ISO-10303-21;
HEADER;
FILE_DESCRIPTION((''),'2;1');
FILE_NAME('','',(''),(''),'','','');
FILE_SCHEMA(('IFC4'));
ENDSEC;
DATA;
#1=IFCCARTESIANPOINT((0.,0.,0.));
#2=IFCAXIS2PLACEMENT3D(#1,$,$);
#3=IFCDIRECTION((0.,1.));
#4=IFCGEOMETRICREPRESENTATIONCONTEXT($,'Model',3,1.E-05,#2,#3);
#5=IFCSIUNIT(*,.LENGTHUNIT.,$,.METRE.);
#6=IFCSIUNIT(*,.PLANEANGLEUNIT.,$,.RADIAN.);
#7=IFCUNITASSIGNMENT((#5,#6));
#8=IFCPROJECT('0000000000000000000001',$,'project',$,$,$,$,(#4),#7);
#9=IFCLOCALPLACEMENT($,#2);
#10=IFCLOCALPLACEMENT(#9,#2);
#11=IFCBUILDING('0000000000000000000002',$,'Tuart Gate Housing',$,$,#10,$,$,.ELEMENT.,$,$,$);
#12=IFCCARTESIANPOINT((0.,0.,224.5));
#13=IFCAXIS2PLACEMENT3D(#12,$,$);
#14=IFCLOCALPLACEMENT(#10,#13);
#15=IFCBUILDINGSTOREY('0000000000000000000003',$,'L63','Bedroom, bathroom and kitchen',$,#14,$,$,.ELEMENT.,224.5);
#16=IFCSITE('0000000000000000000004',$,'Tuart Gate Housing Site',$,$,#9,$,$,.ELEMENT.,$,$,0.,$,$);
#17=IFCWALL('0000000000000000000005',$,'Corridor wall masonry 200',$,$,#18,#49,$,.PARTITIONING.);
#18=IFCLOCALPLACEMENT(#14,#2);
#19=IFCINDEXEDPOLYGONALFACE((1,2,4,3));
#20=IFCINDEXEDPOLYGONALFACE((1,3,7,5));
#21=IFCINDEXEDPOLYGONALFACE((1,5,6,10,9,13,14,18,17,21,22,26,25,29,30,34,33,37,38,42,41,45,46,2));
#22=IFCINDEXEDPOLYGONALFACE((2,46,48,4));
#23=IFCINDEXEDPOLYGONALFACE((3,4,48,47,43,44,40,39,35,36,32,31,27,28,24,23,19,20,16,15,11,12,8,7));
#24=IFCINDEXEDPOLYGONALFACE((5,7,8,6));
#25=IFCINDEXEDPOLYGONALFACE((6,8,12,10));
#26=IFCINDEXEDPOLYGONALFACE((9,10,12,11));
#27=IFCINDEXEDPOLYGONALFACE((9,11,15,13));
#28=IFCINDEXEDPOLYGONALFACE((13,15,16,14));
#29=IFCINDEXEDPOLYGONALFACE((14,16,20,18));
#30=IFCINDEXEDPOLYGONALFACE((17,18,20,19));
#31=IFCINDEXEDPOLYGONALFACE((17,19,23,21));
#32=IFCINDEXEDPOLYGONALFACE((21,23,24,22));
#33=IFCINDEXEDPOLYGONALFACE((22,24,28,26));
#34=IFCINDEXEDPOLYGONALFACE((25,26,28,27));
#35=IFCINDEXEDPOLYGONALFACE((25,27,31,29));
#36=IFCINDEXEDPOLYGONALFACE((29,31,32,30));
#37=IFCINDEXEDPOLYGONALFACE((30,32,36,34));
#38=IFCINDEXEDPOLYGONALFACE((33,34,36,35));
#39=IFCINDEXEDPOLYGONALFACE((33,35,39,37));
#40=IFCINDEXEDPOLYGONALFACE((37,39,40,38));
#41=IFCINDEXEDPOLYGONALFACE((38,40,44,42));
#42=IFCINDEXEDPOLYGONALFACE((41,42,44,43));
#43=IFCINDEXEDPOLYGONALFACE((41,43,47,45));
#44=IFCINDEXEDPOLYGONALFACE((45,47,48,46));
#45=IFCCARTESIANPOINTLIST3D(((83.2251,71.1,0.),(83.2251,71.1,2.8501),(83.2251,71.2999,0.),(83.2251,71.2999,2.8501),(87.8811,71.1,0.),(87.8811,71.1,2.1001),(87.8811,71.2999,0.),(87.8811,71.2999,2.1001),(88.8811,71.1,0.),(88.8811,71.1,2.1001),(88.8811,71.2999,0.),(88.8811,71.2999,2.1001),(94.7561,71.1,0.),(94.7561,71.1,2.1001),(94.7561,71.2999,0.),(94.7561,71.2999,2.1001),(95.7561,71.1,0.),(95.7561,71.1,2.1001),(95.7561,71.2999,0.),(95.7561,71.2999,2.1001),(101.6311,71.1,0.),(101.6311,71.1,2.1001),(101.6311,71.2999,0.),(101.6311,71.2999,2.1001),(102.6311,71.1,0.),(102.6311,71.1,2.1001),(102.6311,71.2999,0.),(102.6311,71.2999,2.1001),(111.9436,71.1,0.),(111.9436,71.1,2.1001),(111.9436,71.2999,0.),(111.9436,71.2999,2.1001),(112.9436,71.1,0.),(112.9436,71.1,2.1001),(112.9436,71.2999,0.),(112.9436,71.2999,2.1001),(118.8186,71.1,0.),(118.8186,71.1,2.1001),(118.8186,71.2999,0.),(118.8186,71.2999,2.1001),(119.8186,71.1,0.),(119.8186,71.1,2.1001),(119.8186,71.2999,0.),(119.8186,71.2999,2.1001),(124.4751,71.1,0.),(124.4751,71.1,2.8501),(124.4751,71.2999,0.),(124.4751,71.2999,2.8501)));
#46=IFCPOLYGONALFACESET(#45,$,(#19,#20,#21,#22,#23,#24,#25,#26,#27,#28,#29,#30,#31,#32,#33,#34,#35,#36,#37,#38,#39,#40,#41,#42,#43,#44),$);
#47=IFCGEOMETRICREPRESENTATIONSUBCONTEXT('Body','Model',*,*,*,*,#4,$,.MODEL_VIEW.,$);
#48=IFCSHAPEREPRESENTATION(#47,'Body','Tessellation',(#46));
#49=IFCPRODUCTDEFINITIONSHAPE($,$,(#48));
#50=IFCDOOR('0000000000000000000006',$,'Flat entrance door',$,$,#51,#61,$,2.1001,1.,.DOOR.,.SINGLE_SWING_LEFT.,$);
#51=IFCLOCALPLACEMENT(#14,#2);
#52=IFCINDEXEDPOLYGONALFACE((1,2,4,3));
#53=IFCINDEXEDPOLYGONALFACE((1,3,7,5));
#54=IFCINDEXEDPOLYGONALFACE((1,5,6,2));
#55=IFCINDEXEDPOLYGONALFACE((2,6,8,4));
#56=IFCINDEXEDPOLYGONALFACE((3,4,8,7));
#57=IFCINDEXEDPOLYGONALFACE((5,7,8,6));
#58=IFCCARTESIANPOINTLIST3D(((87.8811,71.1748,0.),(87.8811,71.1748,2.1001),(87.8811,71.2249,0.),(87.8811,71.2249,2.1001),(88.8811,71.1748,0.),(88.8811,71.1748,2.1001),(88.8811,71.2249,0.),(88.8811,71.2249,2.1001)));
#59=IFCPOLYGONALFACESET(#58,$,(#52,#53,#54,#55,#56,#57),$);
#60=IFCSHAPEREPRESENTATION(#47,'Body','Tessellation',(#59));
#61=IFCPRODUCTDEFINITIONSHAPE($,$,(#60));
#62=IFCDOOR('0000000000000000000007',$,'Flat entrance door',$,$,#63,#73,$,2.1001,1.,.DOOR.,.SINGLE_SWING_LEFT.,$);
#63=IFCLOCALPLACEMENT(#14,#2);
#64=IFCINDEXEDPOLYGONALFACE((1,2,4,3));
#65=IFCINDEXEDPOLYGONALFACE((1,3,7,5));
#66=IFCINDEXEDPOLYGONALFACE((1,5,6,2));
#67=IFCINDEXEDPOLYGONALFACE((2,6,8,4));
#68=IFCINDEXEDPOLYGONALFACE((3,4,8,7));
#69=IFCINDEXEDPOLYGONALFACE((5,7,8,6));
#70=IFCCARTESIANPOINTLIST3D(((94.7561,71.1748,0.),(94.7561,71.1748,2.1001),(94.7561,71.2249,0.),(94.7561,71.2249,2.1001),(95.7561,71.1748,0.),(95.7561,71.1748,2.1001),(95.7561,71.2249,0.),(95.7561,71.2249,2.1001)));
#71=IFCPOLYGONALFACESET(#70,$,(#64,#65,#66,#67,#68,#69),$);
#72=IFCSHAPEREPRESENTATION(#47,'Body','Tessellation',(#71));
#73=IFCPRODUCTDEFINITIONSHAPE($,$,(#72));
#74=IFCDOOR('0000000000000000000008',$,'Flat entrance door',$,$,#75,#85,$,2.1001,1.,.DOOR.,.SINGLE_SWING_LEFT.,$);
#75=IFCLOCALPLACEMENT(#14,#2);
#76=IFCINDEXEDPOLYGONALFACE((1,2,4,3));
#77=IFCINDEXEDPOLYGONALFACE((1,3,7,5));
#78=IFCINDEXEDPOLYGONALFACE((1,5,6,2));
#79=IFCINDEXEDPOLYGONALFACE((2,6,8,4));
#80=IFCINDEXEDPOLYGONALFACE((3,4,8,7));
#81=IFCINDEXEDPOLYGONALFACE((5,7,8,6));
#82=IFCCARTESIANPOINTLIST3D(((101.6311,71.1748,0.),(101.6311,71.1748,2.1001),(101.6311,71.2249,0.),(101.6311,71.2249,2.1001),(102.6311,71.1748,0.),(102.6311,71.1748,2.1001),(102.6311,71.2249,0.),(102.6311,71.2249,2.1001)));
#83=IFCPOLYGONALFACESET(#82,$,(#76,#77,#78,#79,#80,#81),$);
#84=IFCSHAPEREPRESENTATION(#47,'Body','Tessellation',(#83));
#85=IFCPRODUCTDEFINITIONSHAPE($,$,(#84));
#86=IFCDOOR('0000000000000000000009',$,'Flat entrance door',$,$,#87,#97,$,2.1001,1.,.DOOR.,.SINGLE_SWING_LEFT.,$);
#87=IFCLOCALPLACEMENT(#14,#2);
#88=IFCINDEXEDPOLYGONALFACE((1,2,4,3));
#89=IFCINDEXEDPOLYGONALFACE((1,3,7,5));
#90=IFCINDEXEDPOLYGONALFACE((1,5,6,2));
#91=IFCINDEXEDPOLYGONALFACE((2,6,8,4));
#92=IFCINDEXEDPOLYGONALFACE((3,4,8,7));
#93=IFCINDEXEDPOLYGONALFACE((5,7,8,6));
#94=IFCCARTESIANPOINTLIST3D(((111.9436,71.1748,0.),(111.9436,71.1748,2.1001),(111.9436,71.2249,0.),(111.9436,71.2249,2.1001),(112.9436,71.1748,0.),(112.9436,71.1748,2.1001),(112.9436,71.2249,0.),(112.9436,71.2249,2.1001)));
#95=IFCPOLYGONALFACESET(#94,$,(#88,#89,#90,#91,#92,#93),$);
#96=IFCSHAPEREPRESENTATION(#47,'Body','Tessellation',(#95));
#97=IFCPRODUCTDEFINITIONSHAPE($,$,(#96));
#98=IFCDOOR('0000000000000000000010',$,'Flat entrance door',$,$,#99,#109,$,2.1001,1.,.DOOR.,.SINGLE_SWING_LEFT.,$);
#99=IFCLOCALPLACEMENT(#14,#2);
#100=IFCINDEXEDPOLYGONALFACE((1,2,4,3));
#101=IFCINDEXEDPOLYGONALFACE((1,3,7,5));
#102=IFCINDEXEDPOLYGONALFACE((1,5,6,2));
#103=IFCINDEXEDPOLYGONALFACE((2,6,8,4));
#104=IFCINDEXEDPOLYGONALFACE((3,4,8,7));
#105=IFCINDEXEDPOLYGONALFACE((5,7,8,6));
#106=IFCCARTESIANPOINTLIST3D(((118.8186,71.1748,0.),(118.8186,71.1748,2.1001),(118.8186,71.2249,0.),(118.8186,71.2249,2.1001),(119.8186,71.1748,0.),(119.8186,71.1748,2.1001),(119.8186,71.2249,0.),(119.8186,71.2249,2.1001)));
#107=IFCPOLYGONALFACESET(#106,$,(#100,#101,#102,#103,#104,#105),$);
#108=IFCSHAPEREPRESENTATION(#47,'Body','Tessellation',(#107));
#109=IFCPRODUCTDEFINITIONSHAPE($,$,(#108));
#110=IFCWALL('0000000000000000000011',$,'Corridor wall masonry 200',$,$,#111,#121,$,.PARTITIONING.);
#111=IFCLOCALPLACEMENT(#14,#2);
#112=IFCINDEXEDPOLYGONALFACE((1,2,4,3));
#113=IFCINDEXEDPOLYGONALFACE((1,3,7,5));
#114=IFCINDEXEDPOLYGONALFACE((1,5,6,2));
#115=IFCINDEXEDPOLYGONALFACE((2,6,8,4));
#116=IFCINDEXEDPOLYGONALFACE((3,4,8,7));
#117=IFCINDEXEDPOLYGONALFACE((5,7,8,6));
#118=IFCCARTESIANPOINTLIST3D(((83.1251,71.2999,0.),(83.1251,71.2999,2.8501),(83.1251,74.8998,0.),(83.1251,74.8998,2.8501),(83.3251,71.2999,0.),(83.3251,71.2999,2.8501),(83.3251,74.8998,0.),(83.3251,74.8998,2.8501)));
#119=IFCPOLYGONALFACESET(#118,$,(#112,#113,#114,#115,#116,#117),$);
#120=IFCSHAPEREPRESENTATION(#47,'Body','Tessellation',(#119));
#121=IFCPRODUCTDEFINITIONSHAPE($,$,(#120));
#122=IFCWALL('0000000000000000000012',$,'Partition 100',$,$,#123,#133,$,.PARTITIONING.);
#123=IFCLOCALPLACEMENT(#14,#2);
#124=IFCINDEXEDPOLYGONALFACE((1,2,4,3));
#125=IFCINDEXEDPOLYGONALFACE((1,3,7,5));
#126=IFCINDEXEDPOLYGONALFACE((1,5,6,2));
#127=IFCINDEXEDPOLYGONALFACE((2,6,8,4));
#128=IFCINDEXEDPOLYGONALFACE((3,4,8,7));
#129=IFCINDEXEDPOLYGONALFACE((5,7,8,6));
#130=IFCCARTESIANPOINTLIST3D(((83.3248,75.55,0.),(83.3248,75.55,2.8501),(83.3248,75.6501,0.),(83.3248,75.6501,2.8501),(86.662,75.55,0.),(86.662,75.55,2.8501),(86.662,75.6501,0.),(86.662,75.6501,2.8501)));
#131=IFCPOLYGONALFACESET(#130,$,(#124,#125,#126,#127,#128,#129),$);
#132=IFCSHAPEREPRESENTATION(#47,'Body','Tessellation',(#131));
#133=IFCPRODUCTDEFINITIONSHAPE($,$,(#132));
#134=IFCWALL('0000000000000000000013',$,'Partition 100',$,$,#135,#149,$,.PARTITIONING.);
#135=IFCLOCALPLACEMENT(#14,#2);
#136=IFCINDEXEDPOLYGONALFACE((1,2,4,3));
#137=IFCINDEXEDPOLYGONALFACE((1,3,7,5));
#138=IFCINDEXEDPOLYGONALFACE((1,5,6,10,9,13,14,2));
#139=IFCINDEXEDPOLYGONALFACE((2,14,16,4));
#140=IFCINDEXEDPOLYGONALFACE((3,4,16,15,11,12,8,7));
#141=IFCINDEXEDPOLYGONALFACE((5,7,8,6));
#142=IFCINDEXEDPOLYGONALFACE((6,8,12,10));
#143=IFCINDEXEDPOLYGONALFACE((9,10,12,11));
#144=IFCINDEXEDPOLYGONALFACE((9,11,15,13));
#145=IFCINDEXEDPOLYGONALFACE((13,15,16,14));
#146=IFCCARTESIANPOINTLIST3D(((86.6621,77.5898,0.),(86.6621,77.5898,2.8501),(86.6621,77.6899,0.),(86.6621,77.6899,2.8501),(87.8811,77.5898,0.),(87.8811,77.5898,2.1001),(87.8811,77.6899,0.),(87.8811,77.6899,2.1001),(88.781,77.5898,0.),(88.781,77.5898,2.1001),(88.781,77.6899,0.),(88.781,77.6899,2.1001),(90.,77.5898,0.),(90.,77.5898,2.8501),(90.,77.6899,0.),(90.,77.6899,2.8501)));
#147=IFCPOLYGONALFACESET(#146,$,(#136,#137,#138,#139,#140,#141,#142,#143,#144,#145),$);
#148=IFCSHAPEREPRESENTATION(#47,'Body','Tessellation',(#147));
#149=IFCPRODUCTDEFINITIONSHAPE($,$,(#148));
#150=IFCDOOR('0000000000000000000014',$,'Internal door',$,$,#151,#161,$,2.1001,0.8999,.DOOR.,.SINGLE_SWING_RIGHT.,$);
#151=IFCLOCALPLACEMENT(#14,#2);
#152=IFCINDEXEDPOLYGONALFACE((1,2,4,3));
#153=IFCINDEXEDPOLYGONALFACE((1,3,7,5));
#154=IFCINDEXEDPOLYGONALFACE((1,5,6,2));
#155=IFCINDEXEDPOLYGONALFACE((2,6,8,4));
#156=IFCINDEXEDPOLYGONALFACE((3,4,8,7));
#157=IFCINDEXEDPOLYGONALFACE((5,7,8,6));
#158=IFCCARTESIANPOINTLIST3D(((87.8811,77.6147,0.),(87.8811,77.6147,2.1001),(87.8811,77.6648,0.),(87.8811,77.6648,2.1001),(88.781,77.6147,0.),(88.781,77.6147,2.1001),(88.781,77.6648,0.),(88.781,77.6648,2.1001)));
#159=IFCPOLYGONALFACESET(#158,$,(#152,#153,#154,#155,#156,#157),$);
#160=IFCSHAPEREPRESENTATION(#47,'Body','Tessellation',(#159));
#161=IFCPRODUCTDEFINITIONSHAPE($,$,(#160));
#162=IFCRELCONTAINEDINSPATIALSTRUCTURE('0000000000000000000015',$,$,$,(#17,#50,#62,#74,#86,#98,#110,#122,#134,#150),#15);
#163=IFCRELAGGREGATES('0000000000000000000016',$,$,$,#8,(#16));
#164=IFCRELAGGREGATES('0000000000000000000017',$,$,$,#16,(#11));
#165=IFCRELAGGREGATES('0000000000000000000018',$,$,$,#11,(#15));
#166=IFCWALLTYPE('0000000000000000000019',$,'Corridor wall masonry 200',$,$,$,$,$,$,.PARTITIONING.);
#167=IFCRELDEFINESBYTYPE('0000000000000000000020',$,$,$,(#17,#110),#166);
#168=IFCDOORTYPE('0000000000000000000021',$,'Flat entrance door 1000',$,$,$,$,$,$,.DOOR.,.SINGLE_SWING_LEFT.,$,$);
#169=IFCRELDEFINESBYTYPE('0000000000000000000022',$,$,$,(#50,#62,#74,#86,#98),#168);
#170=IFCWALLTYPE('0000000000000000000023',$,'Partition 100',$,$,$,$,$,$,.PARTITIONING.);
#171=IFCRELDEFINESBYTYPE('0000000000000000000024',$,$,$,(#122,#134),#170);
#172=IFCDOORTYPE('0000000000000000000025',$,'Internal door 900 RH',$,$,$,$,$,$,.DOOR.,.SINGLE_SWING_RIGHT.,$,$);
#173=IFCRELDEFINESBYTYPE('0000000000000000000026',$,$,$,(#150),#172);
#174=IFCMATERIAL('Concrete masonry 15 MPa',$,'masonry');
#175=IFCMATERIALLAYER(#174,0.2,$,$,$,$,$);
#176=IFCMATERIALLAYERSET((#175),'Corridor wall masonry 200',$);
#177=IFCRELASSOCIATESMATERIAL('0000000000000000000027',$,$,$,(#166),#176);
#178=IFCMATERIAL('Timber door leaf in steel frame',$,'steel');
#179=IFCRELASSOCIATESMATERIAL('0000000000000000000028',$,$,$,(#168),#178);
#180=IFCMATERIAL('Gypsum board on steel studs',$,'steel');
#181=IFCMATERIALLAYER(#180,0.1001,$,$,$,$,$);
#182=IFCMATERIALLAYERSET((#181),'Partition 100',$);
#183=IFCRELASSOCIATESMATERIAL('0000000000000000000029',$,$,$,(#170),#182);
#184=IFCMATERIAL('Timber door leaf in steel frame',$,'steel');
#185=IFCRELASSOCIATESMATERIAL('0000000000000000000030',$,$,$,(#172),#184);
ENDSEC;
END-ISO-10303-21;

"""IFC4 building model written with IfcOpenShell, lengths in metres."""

from ifc_helpers import new_model, si_unit, direction, frame, frame_2d, origin, place, context, subcontext, project, spatial, rectangle, extrude, material, layer, layer_set, type_object, element, fill, save


model = new_model("IFC4")

# Units and contexts
model_context = context("Model", 3, precision=1e-05, world=origin(), true_north=direction((0.0, 1.0)))
body_context = subcontext(model_context, "Body", "Model", "MODEL_VIEW")
ifc_project = project(units=[si_unit("LENGTHUNIT", "METRE"), si_unit("PLANEANGLEUNIT", "RADIAN")], contexts=[model_context])

# Site, building, storey
site_placement = place(None, origin())
site = spatial("IfcSite", under=ifc_project, at=site_placement, Name="Tuart Gate Housing Site", CompositionType="ELEMENT", RefElevation=0.0)
building_placement = place(site_placement, origin())
building = spatial("IfcBuilding", under=site, at=building_placement, Name="Tuart Gate Housing", CompositionType="ELEMENT")
storey_placement = place(building_placement, frame((0.0, 0.0, 224.5)))
storey = spatial("IfcBuildingStorey", under=building, at=storey_placement, Name="L63", Description="Bedroom, bathroom and kitchen", CompositionType="ELEMENT", Elevation=224.5)

# Wall, openings, doors
ifc_material_1 = material(Name="Concrete masonry 15 MPa", Category="masonry")
ifc_layer_1 = layer(ifc_material_1, 0.2)
ifc_layer_set_1 = layer_set([ifc_layer_1], Name="Corridor wall masonry 200")
wall_type_1 = type_object("IfcWallType", Name="Corridor wall masonry 200", PredefinedType="PARTITIONING", material=ifc_layer_set_1)
wall_1_placement = place(storey_placement, frame((83.2251, 71.2, 0.0), z_axis=(0.0, 0.0, 1.0), x_axis=(1.0, 0.0, 0.0)))
wall_1 = element("IfcWall", 1, at=wall_1_placement, inside=storey, type_object=wall_type_1, Name="Corridor wall masonry 200", PredefinedType="PARTITIONING", context=body_context, shape_type="SweptSolid", body=[
    extrude(rectangle(XDim=41.25, YDim=0.2, at=frame_2d((20.625, 0.0))), origin(), (0.0, 0.0, 1.0), 2.8501),
])
opening_1_placement = place(wall_1_placement, frame((4.656, 0.0, 0.0)))
opening_1 = element("IfcOpeningElement", 2, at=opening_1_placement, cuts=wall_1, PredefinedType="OPENING", context=body_context, shape_type="SweptSolid", body=[
    extrude(rectangle(XDim=1.0, YDim=2.1001, at=frame_2d((0.5, 1.05))), frame((0.0, 0.1099, 0.0), z_axis=(0.0, -1.0, 0.0), x_axis=(1.0, 0.0, 0.0)), (0.0, 0.0, 1.0), 0.22),
])
opening_2_placement = place(wall_1_placement, frame((11.531, 0.0, 0.0)))
opening_2 = element("IfcOpeningElement", 3, at=opening_2_placement, cuts=wall_1, PredefinedType="OPENING", context=body_context, shape_type="SweptSolid", body=[
    extrude(rectangle(XDim=1.0, YDim=2.1001, at=frame_2d((0.5, 1.05))), frame((0.0, 0.1099, 0.0), z_axis=(0.0, -1.0, 0.0), x_axis=(1.0, 0.0, 0.0)), (0.0, 0.0, 1.0), 0.22),
])
opening_3_placement = place(wall_1_placement, frame((18.406, 0.0, 0.0)))
opening_3 = element("IfcOpeningElement", 4, at=opening_3_placement, cuts=wall_1, PredefinedType="OPENING", context=body_context, shape_type="SweptSolid", body=[
    extrude(rectangle(XDim=1.0, YDim=2.1001, at=frame_2d((0.5, 1.05))), frame((0.0, 0.1099, 0.0), z_axis=(0.0, -1.0, 0.0), x_axis=(1.0, 0.0, 0.0)), (0.0, 0.0, 1.0), 0.22),
])
opening_4_placement = place(wall_1_placement, frame((28.7185, 0.0, 0.0)))
opening_4 = element("IfcOpeningElement", 5, at=opening_4_placement, cuts=wall_1, PredefinedType="OPENING", context=body_context, shape_type="SweptSolid", body=[
    extrude(rectangle(XDim=1.0, YDim=2.1001, at=frame_2d((0.5, 1.05))), frame((0.0, 0.1099, 0.0), z_axis=(0.0, -1.0, 0.0), x_axis=(1.0, 0.0, 0.0)), (0.0, 0.0, 1.0), 0.22),
])
opening_5_placement = place(wall_1_placement, frame((35.5935, 0.0, 0.0)))
opening_5 = element("IfcOpeningElement", 6, at=opening_5_placement, cuts=wall_1, PredefinedType="OPENING", context=body_context, shape_type="SweptSolid", body=[
    extrude(rectangle(XDim=1.0, YDim=2.1001, at=frame_2d((0.5, 1.05))), frame((0.0, 0.1099, 0.0), z_axis=(0.0, -1.0, 0.0), x_axis=(1.0, 0.0, 0.0)), (0.0, 0.0, 1.0), 0.22),
])
ifc_material_2 = material(Name="Timber door leaf in steel frame", Category="steel")
door_type_1 = type_object("IfcDoorType", Name="Flat entrance door 1000", OperationType="SINGLE_SWING_LEFT", PredefinedType="DOOR", material=ifc_material_2)
door_1_placement = place(opening_1_placement, origin())
door_1 = element("IfcDoor", 7, at=door_1_placement, inside=storey, type_object=door_type_1, Name="Flat entrance door", OperationType="SINGLE_SWING_LEFT", OverallHeight=2.1001, OverallWidth=1.0, PredefinedType="DOOR", context=body_context, shape_type="SweptSolid", body=[
    extrude(rectangle(XDim=1.0, YDim=2.1001, at=frame_2d((0.5, 1.05))), frame((0.0, 0.0249, 0.0), z_axis=(0.0, -1.0, 0.0), x_axis=(1.0, 0.0, 0.0)), (0.0, 0.0, 1.0), 0.05),
])
fill(opening_1, door_1)
door_2_placement = place(opening_2_placement, origin())
door_2 = element("IfcDoor", 8, at=door_2_placement, inside=storey, type_object=door_type_1, Name="Flat entrance door", OperationType="SINGLE_SWING_LEFT", OverallHeight=2.1001, OverallWidth=1.0, PredefinedType="DOOR", context=body_context, shape_type="SweptSolid", body=[
    extrude(rectangle(XDim=1.0, YDim=2.1001, at=frame_2d((0.5, 1.05))), frame((0.0, 0.0249, 0.0), z_axis=(0.0, -1.0, 0.0), x_axis=(1.0, 0.0, 0.0)), (0.0, 0.0, 1.0), 0.05),
])
fill(opening_2, door_2)
door_3_placement = place(opening_3_placement, origin())
door_3 = element("IfcDoor", 9, at=door_3_placement, inside=storey, type_object=door_type_1, Name="Flat entrance door", OperationType="SINGLE_SWING_LEFT", OverallHeight=2.1001, OverallWidth=1.0, PredefinedType="DOOR", context=body_context, shape_type="SweptSolid", body=[
    extrude(rectangle(XDim=1.0, YDim=2.1001, at=frame_2d((0.5, 1.05))), frame((0.0, 0.0249, 0.0), z_axis=(0.0, -1.0, 0.0), x_axis=(1.0, 0.0, 0.0)), (0.0, 0.0, 1.0), 0.05),
])
fill(opening_3, door_3)
door_4_placement = place(opening_4_placement, origin())
door_4 = element("IfcDoor", 10, at=door_4_placement, inside=storey, type_object=door_type_1, Name="Flat entrance door", OperationType="SINGLE_SWING_LEFT", OverallHeight=2.1001, OverallWidth=1.0, PredefinedType="DOOR", context=body_context, shape_type="SweptSolid", body=[
    extrude(rectangle(XDim=1.0, YDim=2.1001, at=frame_2d((0.5, 1.05))), frame((0.0, 0.0249, 0.0), z_axis=(0.0, -1.0, 0.0), x_axis=(1.0, 0.0, 0.0)), (0.0, 0.0, 1.0), 0.05),
])
fill(opening_4, door_4)
door_5_placement = place(opening_5_placement, origin())
door_5 = element("IfcDoor", 11, at=door_5_placement, inside=storey, type_object=door_type_1, Name="Flat entrance door", OperationType="SINGLE_SWING_LEFT", OverallHeight=2.1001, OverallWidth=1.0, PredefinedType="DOOR", context=body_context, shape_type="SweptSolid", body=[
    extrude(rectangle(XDim=1.0, YDim=2.1001, at=frame_2d((0.5, 1.05))), frame((0.0, 0.0249, 0.0), z_axis=(0.0, -1.0, 0.0), x_axis=(1.0, 0.0, 0.0)), (0.0, 0.0, 1.0), 0.05),
])
fill(opening_5, door_5)

# Walls
wall_2_placement = place(storey_placement, frame((83.2251, 71.3, 0.0), z_axis=(0.0, 0.0, 1.0), x_axis=(0.0, 1.0, 0.0)))
element("IfcWall", 12, at=wall_2_placement, inside=storey, type_object=wall_type_1, Name="Corridor wall masonry 200", PredefinedType="PARTITIONING", context=body_context, shape_type="SweptSolid", body=[
    extrude(rectangle(XDim=3.5999, YDim=0.2, at=frame_2d((1.7998, 0.0))), origin(), (0.0, 0.0, 1.0), 2.8501),
])
ifc_material_3 = material(Name="Gypsum board on steel studs", Category="steel")
ifc_layer_2 = layer(ifc_material_3, 0.1001)
ifc_layer_set_2 = layer_set([ifc_layer_2], Name="Partition 100")
wall_type_2 = type_object("IfcWallType", Name="Partition 100", PredefinedType="PARTITIONING", material=ifc_layer_set_2)
wall_3_placement = place(storey_placement, frame((83.325, 75.6001, 0.0), z_axis=(0.0, 0.0, 1.0), x_axis=(1.0, 0.0, 0.0)))
element("IfcWall", 13, at=wall_3_placement, inside=storey, type_object=wall_type_2, Name="Partition 100", PredefinedType="PARTITIONING", context=body_context, shape_type="SweptSolid", body=[
    extrude(rectangle(XDim=3.3372, YDim=0.1001, at=frame_2d((1.6685, 0.0))), origin(), (0.0, 0.0, 1.0), 2.8501),
])

# Wall, opening, door
wall_4_placement = place(storey_placement, frame((86.6621, 77.6399, 0.0), z_axis=(0.0, 0.0, 1.0), x_axis=(1.0, 0.0, 0.0)))
wall_4 = element("IfcWall", 14, at=wall_4_placement, inside=storey, type_object=wall_type_2, Name="Partition 100", PredefinedType="PARTITIONING", context=body_context, shape_type="SweptSolid", body=[
    extrude(rectangle(XDim=3.3379, YDim=0.1001, at=frame_2d((1.6689, 0.0))), origin(), (0.0, 0.0, 1.0), 2.8501),
])
opening_6_placement = place(wall_4_placement, frame((1.219, 0.0, 0.0)))
opening_6 = element("IfcOpeningElement", 15, at=opening_6_placement, cuts=wall_4, PredefinedType="OPENING", context=body_context, shape_type="SweptSolid", body=[
    extrude(rectangle(XDim=0.8999, YDim=2.1001, at=frame_2d((0.45, 1.05))), frame((0.0, 0.0601, 0.0), z_axis=(0.0, -1.0, 0.0), x_axis=(1.0, 0.0, 0.0)), (0.0, 0.0, 1.0), 0.1201),
])
ifc_material_4 = material(Name="Timber door leaf in steel frame", Category="steel")
door_type_2 = type_object("IfcDoorType", Name="Internal door 900 RH", OperationType="SINGLE_SWING_RIGHT", PredefinedType="DOOR", material=ifc_material_4)
door_6_placement = place(opening_6_placement, frame((0.8999, 0.0, 0.0), z_axis=(0.0, 0.0, 1.0), x_axis=(-1.0, 0.0, 0.0)))
door_6 = element("IfcDoor", 16, at=door_6_placement, inside=storey, type_object=door_type_2, Name="Internal door", OperationType="SINGLE_SWING_RIGHT", OverallHeight=2.1001, OverallWidth=0.8999, PredefinedType="DOOR", context=body_context, shape_type="SweptSolid", body=[
    extrude(rectangle(XDim=0.8999, YDim=2.1001, at=frame_2d((0.45, 1.05))), frame((0.0, 0.0251, 0.0), z_axis=(0.0, -1.0, 0.0), x_axis=(1.0, 0.0, 0.0)), (0.0, 0.0, 1.0), 0.05),
])
fill(opening_6, door_6)

save(model, "model.ifc")
